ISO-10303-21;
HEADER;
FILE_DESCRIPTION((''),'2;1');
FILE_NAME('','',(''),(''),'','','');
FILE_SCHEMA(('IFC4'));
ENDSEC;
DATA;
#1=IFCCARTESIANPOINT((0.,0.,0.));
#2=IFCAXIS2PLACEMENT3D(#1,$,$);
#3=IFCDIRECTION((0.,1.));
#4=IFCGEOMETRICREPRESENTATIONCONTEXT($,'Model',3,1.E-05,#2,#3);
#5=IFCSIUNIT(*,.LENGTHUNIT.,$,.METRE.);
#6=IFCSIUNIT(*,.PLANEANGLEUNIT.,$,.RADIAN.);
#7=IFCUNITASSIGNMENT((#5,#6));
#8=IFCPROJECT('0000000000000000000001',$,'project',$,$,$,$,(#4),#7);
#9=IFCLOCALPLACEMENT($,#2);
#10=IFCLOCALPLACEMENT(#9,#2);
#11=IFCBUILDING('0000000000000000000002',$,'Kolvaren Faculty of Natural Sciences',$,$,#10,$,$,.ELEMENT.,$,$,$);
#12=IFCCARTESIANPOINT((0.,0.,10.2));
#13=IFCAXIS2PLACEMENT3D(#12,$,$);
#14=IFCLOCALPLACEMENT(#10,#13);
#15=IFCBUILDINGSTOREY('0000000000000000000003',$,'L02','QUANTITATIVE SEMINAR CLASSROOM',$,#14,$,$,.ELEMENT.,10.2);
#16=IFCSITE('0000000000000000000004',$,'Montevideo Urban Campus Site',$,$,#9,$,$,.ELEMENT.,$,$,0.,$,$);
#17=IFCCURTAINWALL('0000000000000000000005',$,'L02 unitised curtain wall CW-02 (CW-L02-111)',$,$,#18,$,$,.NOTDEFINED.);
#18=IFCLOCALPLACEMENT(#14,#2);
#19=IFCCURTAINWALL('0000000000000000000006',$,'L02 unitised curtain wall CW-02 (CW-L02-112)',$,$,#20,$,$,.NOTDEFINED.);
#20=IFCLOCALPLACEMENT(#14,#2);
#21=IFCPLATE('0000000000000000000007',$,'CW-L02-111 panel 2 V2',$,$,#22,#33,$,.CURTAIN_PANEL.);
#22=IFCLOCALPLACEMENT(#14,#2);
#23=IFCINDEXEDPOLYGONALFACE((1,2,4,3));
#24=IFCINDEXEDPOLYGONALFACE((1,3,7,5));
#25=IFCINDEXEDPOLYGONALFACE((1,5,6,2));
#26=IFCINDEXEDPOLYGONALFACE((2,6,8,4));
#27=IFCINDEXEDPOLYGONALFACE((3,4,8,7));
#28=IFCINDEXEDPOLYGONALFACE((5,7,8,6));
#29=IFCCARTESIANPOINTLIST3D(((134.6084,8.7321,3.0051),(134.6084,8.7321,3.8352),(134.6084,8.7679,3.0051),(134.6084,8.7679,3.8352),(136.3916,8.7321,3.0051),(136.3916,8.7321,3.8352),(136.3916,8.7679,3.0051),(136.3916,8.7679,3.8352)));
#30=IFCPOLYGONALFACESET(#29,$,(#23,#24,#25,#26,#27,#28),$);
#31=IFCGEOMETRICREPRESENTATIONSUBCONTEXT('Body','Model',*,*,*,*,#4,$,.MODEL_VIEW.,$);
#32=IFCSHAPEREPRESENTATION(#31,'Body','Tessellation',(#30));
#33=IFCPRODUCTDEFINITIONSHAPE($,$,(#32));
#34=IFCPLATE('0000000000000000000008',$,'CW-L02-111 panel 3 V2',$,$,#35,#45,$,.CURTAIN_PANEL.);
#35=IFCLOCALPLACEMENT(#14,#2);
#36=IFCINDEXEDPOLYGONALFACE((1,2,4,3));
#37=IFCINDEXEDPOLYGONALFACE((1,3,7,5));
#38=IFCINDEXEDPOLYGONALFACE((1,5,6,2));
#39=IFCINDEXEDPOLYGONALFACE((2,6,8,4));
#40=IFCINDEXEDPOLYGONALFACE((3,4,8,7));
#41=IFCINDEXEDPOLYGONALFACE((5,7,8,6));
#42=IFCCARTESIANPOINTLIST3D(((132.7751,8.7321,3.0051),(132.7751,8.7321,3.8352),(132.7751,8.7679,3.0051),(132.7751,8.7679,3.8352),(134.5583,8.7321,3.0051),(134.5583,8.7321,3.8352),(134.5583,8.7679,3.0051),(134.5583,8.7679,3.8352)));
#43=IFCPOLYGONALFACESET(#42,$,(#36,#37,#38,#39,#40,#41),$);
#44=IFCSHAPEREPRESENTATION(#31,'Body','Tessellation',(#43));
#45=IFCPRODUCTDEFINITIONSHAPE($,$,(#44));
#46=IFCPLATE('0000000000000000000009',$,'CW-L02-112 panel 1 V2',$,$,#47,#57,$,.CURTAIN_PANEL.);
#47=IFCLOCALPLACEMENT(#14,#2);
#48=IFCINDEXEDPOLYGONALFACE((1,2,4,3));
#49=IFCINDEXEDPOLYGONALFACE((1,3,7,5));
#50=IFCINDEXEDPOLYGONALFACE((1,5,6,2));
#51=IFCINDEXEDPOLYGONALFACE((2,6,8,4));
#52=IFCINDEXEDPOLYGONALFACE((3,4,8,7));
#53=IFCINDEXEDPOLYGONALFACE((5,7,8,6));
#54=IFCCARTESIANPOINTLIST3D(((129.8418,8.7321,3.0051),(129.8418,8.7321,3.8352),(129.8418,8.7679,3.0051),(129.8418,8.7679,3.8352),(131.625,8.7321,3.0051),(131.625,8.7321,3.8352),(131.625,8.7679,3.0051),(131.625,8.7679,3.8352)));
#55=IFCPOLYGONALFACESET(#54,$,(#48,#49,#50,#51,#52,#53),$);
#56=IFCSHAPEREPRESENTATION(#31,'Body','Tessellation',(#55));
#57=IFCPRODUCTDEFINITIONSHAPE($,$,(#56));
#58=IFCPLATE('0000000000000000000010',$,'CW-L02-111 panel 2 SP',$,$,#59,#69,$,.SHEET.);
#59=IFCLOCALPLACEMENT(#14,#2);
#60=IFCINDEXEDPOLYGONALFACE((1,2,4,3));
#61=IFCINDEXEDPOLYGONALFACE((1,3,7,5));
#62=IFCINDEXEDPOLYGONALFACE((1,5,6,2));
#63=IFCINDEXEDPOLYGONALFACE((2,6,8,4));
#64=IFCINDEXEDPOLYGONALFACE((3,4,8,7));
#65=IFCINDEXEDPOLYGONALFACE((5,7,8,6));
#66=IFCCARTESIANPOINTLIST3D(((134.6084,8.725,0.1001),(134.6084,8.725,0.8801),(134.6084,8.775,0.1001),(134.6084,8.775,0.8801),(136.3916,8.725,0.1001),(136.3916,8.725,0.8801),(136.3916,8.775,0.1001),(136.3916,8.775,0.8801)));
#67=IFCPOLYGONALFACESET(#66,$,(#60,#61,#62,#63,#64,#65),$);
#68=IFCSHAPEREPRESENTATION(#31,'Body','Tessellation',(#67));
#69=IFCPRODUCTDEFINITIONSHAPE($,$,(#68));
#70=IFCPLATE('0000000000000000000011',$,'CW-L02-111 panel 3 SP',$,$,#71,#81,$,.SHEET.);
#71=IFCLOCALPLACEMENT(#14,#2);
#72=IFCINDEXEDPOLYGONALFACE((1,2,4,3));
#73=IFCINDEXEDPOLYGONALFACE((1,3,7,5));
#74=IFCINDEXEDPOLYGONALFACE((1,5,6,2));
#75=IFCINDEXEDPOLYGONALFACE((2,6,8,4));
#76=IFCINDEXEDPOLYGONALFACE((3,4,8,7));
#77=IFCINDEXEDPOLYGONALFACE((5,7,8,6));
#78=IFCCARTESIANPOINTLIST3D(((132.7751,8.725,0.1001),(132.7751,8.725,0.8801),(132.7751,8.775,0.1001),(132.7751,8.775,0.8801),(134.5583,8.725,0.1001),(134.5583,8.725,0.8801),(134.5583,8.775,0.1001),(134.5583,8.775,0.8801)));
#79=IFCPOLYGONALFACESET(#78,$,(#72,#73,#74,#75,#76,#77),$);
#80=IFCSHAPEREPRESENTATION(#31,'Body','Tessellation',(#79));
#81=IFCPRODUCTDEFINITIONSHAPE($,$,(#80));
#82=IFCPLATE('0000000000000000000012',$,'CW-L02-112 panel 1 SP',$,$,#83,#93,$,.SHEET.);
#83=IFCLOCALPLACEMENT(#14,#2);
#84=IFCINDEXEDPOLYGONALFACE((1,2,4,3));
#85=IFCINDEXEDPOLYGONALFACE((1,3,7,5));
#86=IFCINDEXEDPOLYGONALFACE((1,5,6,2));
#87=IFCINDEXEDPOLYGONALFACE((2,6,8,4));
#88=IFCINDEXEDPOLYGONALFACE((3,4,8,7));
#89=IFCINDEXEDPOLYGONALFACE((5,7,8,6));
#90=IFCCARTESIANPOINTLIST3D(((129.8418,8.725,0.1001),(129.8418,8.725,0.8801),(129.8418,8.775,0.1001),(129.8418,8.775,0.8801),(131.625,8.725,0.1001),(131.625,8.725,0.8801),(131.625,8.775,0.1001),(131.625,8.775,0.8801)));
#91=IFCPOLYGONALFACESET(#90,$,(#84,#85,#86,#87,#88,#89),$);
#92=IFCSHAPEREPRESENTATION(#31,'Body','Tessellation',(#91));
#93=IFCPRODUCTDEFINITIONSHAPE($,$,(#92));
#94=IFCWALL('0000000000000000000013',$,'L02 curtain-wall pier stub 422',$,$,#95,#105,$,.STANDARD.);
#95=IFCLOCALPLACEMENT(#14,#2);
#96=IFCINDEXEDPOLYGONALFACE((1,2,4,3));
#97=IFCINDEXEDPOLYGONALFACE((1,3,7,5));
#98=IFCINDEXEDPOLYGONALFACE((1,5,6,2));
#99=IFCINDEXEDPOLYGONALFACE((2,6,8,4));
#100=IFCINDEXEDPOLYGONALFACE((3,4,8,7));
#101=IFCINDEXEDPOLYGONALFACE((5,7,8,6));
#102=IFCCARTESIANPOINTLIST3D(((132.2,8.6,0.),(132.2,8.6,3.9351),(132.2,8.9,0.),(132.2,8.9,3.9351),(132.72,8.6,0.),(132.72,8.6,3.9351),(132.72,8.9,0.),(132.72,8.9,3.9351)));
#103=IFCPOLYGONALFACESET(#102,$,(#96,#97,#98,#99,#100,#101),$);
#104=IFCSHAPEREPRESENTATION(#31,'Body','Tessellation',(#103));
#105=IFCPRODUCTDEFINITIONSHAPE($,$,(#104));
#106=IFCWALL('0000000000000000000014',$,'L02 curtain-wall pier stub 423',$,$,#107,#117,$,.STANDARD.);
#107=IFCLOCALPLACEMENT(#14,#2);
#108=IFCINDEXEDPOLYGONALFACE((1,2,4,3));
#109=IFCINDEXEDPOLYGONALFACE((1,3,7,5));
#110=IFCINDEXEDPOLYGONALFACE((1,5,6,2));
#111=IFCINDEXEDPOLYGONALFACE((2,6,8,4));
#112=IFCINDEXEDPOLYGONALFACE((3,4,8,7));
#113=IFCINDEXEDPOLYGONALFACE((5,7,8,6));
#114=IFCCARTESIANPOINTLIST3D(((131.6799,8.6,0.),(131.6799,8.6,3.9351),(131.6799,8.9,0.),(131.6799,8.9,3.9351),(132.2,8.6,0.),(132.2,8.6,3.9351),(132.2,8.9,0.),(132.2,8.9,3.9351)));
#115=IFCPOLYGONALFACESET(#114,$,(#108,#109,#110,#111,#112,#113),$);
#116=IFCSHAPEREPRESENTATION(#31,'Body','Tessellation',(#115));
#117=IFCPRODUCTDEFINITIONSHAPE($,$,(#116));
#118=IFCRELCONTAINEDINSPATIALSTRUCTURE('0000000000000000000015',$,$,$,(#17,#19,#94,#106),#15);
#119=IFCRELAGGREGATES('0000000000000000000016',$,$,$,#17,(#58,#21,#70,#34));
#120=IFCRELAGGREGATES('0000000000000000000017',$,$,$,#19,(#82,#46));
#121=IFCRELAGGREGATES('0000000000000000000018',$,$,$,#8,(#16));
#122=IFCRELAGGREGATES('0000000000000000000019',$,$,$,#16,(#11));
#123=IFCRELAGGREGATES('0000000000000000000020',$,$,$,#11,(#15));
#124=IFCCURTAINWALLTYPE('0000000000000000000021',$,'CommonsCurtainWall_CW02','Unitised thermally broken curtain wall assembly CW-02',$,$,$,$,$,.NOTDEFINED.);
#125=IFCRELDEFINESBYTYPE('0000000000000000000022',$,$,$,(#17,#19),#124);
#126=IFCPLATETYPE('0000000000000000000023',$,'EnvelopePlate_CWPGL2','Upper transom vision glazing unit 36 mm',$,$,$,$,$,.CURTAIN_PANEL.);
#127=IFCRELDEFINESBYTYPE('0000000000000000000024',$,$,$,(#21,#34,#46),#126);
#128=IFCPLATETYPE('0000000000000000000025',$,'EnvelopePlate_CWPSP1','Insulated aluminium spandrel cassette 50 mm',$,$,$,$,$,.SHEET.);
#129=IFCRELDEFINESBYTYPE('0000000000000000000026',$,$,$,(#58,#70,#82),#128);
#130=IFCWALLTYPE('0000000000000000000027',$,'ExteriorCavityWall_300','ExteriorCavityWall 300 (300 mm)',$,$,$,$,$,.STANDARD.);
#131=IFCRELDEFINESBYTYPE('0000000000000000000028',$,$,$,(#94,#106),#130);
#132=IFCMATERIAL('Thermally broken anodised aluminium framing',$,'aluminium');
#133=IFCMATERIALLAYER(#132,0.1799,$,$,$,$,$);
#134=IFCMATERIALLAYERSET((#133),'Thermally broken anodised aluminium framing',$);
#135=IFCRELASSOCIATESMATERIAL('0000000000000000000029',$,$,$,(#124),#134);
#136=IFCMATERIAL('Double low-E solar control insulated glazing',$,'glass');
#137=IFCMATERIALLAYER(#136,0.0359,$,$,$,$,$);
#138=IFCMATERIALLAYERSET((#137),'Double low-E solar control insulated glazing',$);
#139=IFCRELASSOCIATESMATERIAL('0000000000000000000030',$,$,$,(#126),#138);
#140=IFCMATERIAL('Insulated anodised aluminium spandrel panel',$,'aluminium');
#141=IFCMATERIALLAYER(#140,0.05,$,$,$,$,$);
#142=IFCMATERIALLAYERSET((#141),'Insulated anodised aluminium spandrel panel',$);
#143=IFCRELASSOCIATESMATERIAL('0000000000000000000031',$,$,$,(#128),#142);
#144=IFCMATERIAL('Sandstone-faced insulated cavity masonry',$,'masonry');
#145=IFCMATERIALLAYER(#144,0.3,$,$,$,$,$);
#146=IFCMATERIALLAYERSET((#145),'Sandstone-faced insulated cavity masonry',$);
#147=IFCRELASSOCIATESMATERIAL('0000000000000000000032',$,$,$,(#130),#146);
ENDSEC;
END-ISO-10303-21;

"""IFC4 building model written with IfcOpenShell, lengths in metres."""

from ifc_helpers import new_model, si_unit, direction, frame, frame_2d, origin, origin_2d, place, context, subcontext, project, spatial, rectangle, extrude, material, layer, layer_set, type_object, element, aggregate, save


model = new_model("IFC4")

# Units and contexts
model_context = context("Model", 3, precision=1e-05, world=origin(), true_north=direction((0.0, 1.0)))
body_context = subcontext(model_context, "Body", "Model", "MODEL_VIEW")
ifc_project = project(units=[si_unit("LENGTHUNIT", "METRE"), si_unit("PLANEANGLEUNIT", "RADIAN")], contexts=[model_context])

# Site, building, storey
site_placement = place(None, origin())
site = spatial("IfcSite", under=ifc_project, at=site_placement, Name="Montevideo Urban Campus Site", CompositionType="ELEMENT", RefElevation=0.0)
building_placement = place(site_placement, origin())
building = spatial("IfcBuilding", under=site, at=building_placement, Name="Kolvaren Faculty of Natural Sciences", CompositionType="ELEMENT")
storey_placement = place(building_placement, frame((0.0, 0.0, 10.2)))
storey = spatial("IfcBuildingStorey", under=building, at=storey_placement, Name="L02", Description="QUANTITATIVE SEMINAR CLASSROOM", CompositionType="ELEMENT", Elevation=10.2)

# Curtain walls
ifc_material_1 = material(Name="Thermally broken anodised aluminium framing", Category="aluminium")
ifc_layer_1 = layer(ifc_material_1, 0.1799)
ifc_layer_set_1 = layer_set([ifc_layer_1], Name="Thermally broken anodised aluminium framing")
curtain_wall_type = type_object("IfcCurtainWallType", Name="CommonsCurtainWall_CW02", Description="Unitised thermally broken curtain wall assembly CW-02", PredefinedType="NOTDEFINED", material=ifc_layer_set_1)
curtain_wall_1_placement = place(storey_placement, origin())
curtain_wall_1 = element("IfcCurtainWall", 1, at=curtain_wall_1_placement, inside=storey, type_object=curtain_wall_type, Name="L02 unitised curtain wall CW-02 (CW-L02-111)", PredefinedType="NOTDEFINED")
curtain_wall_2_placement = place(storey_placement, origin())
curtain_wall_2 = element("IfcCurtainWall", 2, at=curtain_wall_2_placement, inside=storey, type_object=curtain_wall_type, Name="L02 unitised curtain wall CW-02 (CW-L02-112)", PredefinedType="NOTDEFINED")

# Plates
ifc_material_2 = material(Name="Double low-E solar control insulated glazing", Category="glass")
ifc_layer_2 = layer(ifc_material_2, 0.0359)
ifc_layer_set_2 = layer_set([ifc_layer_2], Name="Double low-E solar control insulated glazing")
plate_type_1 = type_object("IfcPlateType", Name="EnvelopePlate_CWPGL2", Description="Upper transom vision glazing unit 36 mm", PredefinedType="CURTAIN_PANEL", material=ifc_layer_set_2)
plate_1_placement = place(storey_placement, frame((135.5, 8.75, 3.0051), z_axis=(0.0, 0.0, 1.0), x_axis=(-1.0, 0.0, 0.0)))
plate_1 = element("IfcPlate", 3, at=plate_1_placement, type_object=plate_type_1, Name="CW-L02-111 panel 2 V2", PredefinedType="CURTAIN_PANEL", context=body_context, shape_type="SweptSolid", body=[
    extrude(rectangle(XDim=1.7832, YDim=0.0359, at=origin_2d()), origin(), (0.0, 0.0, 1.0), 0.8301),
])
plate_2_placement = place(storey_placement, frame((133.6667, 8.75, 3.0051), z_axis=(0.0, 0.0, 1.0), x_axis=(-1.0, 0.0, 0.0)))
plate_2 = element("IfcPlate", 4, at=plate_2_placement, type_object=plate_type_1, Name="CW-L02-111 panel 3 V2", PredefinedType="CURTAIN_PANEL", context=body_context, shape_type="SweptSolid", body=[
    extrude(rectangle(XDim=1.7832, YDim=0.0359, at=origin_2d()), origin(), (0.0, 0.0, 1.0), 0.8301),
])
plate_3_placement = place(storey_placement, frame((130.7334, 8.75, 3.0051), z_axis=(0.0, 0.0, 1.0), x_axis=(-1.0, 0.0, 0.0)))
plate_3 = element("IfcPlate", 5, at=plate_3_placement, type_object=plate_type_1, Name="CW-L02-112 panel 1 V2", PredefinedType="CURTAIN_PANEL", context=body_context, shape_type="SweptSolid", body=[
    extrude(rectangle(XDim=1.7832, YDim=0.0359, at=origin_2d()), origin(), (0.0, 0.0, 1.0), 0.8301),
])
ifc_material_3 = material(Name="Insulated anodised aluminium spandrel panel", Category="aluminium")
ifc_layer_3 = layer(ifc_material_3, 0.05)
ifc_layer_set_3 = layer_set([ifc_layer_3], Name="Insulated anodised aluminium spandrel panel")
plate_type_2 = type_object("IfcPlateType", Name="EnvelopePlate_CWPSP1", Description="Insulated aluminium spandrel cassette 50 mm", PredefinedType="SHEET", material=ifc_layer_set_3)
plate_4_placement = place(storey_placement, frame((135.5, 8.75, 0.1001), z_axis=(0.0, 0.0, 1.0), x_axis=(-1.0, 0.0, 0.0)))
plate_4 = element("IfcPlate", 6, at=plate_4_placement, type_object=plate_type_2, Name="CW-L02-111 panel 2 SP", PredefinedType="SHEET", context=body_context, shape_type="SweptSolid", body=[
    extrude(rectangle(XDim=1.7832, YDim=0.05, at=origin_2d()), origin(), (0.0, 0.0, 1.0), 0.78),
])
plate_5_placement = place(storey_placement, frame((133.6667, 8.75, 0.1001), z_axis=(0.0, 0.0, 1.0), x_axis=(-1.0, 0.0, 0.0)))
plate_5 = element("IfcPlate", 7, at=plate_5_placement, type_object=plate_type_2, Name="CW-L02-111 panel 3 SP", PredefinedType="SHEET", context=body_context, shape_type="SweptSolid", body=[
    extrude(rectangle(XDim=1.7832, YDim=0.05, at=origin_2d()), origin(), (0.0, 0.0, 1.0), 0.78),
])
aggregate(curtain_wall_1, [plate_4, plate_1, plate_5, plate_2])
plate_6_placement = place(storey_placement, frame((130.7334, 8.75, 0.1001), z_axis=(0.0, 0.0, 1.0), x_axis=(-1.0, 0.0, 0.0)))
plate_6 = element("IfcPlate", 8, at=plate_6_placement, type_object=plate_type_2, Name="CW-L02-112 panel 1 SP", PredefinedType="SHEET", context=body_context, shape_type="SweptSolid", body=[
    extrude(rectangle(XDim=1.7832, YDim=0.05, at=origin_2d()), origin(), (0.0, 0.0, 1.0), 0.78),
])
aggregate(curtain_wall_2, [plate_6, plate_3])

# Walls
ifc_material_4 = material(Name="Sandstone-faced insulated cavity masonry", Category="masonry")
ifc_layer_4 = layer(ifc_material_4, 0.3)
ifc_layer_set_4 = layer_set([ifc_layer_4], Name="Sandstone-faced insulated cavity masonry")
wall_type = type_object("IfcWallType", Name="ExteriorCavityWall_300", Description="ExteriorCavityWall 300 (300 mm)", PredefinedType="STANDARD", material=ifc_layer_set_4)
for number, where, z_axis, x_axis, name in (
    (9, (132.72, 8.75, 0.0), (0.0, 0.0, 1.0), (-1.0, 0.0, 0.0), "L02 curtain-wall pier stub 422"),
    (10, (132.2, 8.75, 0.0), (0.0, 0.0, 1.0), (-1.0, 0.0, 0.0), "L02 curtain-wall pier stub 423"),
):
    element("IfcWall", number, at=place(storey_placement, frame(where, z_axis=z_axis, x_axis=x_axis)), inside=storey, type_object=wall_type, Name=name, PredefinedType="STANDARD", context=body_context, shape_type="SweptSolid", body=[
        extrude(rectangle(XDim=0.52, YDim=0.3, at=frame_2d((0.26, 0.0))), origin(), (0.0, 0.0, 1.0), 3.9351),
    ])

save(model, "model.ifc")
